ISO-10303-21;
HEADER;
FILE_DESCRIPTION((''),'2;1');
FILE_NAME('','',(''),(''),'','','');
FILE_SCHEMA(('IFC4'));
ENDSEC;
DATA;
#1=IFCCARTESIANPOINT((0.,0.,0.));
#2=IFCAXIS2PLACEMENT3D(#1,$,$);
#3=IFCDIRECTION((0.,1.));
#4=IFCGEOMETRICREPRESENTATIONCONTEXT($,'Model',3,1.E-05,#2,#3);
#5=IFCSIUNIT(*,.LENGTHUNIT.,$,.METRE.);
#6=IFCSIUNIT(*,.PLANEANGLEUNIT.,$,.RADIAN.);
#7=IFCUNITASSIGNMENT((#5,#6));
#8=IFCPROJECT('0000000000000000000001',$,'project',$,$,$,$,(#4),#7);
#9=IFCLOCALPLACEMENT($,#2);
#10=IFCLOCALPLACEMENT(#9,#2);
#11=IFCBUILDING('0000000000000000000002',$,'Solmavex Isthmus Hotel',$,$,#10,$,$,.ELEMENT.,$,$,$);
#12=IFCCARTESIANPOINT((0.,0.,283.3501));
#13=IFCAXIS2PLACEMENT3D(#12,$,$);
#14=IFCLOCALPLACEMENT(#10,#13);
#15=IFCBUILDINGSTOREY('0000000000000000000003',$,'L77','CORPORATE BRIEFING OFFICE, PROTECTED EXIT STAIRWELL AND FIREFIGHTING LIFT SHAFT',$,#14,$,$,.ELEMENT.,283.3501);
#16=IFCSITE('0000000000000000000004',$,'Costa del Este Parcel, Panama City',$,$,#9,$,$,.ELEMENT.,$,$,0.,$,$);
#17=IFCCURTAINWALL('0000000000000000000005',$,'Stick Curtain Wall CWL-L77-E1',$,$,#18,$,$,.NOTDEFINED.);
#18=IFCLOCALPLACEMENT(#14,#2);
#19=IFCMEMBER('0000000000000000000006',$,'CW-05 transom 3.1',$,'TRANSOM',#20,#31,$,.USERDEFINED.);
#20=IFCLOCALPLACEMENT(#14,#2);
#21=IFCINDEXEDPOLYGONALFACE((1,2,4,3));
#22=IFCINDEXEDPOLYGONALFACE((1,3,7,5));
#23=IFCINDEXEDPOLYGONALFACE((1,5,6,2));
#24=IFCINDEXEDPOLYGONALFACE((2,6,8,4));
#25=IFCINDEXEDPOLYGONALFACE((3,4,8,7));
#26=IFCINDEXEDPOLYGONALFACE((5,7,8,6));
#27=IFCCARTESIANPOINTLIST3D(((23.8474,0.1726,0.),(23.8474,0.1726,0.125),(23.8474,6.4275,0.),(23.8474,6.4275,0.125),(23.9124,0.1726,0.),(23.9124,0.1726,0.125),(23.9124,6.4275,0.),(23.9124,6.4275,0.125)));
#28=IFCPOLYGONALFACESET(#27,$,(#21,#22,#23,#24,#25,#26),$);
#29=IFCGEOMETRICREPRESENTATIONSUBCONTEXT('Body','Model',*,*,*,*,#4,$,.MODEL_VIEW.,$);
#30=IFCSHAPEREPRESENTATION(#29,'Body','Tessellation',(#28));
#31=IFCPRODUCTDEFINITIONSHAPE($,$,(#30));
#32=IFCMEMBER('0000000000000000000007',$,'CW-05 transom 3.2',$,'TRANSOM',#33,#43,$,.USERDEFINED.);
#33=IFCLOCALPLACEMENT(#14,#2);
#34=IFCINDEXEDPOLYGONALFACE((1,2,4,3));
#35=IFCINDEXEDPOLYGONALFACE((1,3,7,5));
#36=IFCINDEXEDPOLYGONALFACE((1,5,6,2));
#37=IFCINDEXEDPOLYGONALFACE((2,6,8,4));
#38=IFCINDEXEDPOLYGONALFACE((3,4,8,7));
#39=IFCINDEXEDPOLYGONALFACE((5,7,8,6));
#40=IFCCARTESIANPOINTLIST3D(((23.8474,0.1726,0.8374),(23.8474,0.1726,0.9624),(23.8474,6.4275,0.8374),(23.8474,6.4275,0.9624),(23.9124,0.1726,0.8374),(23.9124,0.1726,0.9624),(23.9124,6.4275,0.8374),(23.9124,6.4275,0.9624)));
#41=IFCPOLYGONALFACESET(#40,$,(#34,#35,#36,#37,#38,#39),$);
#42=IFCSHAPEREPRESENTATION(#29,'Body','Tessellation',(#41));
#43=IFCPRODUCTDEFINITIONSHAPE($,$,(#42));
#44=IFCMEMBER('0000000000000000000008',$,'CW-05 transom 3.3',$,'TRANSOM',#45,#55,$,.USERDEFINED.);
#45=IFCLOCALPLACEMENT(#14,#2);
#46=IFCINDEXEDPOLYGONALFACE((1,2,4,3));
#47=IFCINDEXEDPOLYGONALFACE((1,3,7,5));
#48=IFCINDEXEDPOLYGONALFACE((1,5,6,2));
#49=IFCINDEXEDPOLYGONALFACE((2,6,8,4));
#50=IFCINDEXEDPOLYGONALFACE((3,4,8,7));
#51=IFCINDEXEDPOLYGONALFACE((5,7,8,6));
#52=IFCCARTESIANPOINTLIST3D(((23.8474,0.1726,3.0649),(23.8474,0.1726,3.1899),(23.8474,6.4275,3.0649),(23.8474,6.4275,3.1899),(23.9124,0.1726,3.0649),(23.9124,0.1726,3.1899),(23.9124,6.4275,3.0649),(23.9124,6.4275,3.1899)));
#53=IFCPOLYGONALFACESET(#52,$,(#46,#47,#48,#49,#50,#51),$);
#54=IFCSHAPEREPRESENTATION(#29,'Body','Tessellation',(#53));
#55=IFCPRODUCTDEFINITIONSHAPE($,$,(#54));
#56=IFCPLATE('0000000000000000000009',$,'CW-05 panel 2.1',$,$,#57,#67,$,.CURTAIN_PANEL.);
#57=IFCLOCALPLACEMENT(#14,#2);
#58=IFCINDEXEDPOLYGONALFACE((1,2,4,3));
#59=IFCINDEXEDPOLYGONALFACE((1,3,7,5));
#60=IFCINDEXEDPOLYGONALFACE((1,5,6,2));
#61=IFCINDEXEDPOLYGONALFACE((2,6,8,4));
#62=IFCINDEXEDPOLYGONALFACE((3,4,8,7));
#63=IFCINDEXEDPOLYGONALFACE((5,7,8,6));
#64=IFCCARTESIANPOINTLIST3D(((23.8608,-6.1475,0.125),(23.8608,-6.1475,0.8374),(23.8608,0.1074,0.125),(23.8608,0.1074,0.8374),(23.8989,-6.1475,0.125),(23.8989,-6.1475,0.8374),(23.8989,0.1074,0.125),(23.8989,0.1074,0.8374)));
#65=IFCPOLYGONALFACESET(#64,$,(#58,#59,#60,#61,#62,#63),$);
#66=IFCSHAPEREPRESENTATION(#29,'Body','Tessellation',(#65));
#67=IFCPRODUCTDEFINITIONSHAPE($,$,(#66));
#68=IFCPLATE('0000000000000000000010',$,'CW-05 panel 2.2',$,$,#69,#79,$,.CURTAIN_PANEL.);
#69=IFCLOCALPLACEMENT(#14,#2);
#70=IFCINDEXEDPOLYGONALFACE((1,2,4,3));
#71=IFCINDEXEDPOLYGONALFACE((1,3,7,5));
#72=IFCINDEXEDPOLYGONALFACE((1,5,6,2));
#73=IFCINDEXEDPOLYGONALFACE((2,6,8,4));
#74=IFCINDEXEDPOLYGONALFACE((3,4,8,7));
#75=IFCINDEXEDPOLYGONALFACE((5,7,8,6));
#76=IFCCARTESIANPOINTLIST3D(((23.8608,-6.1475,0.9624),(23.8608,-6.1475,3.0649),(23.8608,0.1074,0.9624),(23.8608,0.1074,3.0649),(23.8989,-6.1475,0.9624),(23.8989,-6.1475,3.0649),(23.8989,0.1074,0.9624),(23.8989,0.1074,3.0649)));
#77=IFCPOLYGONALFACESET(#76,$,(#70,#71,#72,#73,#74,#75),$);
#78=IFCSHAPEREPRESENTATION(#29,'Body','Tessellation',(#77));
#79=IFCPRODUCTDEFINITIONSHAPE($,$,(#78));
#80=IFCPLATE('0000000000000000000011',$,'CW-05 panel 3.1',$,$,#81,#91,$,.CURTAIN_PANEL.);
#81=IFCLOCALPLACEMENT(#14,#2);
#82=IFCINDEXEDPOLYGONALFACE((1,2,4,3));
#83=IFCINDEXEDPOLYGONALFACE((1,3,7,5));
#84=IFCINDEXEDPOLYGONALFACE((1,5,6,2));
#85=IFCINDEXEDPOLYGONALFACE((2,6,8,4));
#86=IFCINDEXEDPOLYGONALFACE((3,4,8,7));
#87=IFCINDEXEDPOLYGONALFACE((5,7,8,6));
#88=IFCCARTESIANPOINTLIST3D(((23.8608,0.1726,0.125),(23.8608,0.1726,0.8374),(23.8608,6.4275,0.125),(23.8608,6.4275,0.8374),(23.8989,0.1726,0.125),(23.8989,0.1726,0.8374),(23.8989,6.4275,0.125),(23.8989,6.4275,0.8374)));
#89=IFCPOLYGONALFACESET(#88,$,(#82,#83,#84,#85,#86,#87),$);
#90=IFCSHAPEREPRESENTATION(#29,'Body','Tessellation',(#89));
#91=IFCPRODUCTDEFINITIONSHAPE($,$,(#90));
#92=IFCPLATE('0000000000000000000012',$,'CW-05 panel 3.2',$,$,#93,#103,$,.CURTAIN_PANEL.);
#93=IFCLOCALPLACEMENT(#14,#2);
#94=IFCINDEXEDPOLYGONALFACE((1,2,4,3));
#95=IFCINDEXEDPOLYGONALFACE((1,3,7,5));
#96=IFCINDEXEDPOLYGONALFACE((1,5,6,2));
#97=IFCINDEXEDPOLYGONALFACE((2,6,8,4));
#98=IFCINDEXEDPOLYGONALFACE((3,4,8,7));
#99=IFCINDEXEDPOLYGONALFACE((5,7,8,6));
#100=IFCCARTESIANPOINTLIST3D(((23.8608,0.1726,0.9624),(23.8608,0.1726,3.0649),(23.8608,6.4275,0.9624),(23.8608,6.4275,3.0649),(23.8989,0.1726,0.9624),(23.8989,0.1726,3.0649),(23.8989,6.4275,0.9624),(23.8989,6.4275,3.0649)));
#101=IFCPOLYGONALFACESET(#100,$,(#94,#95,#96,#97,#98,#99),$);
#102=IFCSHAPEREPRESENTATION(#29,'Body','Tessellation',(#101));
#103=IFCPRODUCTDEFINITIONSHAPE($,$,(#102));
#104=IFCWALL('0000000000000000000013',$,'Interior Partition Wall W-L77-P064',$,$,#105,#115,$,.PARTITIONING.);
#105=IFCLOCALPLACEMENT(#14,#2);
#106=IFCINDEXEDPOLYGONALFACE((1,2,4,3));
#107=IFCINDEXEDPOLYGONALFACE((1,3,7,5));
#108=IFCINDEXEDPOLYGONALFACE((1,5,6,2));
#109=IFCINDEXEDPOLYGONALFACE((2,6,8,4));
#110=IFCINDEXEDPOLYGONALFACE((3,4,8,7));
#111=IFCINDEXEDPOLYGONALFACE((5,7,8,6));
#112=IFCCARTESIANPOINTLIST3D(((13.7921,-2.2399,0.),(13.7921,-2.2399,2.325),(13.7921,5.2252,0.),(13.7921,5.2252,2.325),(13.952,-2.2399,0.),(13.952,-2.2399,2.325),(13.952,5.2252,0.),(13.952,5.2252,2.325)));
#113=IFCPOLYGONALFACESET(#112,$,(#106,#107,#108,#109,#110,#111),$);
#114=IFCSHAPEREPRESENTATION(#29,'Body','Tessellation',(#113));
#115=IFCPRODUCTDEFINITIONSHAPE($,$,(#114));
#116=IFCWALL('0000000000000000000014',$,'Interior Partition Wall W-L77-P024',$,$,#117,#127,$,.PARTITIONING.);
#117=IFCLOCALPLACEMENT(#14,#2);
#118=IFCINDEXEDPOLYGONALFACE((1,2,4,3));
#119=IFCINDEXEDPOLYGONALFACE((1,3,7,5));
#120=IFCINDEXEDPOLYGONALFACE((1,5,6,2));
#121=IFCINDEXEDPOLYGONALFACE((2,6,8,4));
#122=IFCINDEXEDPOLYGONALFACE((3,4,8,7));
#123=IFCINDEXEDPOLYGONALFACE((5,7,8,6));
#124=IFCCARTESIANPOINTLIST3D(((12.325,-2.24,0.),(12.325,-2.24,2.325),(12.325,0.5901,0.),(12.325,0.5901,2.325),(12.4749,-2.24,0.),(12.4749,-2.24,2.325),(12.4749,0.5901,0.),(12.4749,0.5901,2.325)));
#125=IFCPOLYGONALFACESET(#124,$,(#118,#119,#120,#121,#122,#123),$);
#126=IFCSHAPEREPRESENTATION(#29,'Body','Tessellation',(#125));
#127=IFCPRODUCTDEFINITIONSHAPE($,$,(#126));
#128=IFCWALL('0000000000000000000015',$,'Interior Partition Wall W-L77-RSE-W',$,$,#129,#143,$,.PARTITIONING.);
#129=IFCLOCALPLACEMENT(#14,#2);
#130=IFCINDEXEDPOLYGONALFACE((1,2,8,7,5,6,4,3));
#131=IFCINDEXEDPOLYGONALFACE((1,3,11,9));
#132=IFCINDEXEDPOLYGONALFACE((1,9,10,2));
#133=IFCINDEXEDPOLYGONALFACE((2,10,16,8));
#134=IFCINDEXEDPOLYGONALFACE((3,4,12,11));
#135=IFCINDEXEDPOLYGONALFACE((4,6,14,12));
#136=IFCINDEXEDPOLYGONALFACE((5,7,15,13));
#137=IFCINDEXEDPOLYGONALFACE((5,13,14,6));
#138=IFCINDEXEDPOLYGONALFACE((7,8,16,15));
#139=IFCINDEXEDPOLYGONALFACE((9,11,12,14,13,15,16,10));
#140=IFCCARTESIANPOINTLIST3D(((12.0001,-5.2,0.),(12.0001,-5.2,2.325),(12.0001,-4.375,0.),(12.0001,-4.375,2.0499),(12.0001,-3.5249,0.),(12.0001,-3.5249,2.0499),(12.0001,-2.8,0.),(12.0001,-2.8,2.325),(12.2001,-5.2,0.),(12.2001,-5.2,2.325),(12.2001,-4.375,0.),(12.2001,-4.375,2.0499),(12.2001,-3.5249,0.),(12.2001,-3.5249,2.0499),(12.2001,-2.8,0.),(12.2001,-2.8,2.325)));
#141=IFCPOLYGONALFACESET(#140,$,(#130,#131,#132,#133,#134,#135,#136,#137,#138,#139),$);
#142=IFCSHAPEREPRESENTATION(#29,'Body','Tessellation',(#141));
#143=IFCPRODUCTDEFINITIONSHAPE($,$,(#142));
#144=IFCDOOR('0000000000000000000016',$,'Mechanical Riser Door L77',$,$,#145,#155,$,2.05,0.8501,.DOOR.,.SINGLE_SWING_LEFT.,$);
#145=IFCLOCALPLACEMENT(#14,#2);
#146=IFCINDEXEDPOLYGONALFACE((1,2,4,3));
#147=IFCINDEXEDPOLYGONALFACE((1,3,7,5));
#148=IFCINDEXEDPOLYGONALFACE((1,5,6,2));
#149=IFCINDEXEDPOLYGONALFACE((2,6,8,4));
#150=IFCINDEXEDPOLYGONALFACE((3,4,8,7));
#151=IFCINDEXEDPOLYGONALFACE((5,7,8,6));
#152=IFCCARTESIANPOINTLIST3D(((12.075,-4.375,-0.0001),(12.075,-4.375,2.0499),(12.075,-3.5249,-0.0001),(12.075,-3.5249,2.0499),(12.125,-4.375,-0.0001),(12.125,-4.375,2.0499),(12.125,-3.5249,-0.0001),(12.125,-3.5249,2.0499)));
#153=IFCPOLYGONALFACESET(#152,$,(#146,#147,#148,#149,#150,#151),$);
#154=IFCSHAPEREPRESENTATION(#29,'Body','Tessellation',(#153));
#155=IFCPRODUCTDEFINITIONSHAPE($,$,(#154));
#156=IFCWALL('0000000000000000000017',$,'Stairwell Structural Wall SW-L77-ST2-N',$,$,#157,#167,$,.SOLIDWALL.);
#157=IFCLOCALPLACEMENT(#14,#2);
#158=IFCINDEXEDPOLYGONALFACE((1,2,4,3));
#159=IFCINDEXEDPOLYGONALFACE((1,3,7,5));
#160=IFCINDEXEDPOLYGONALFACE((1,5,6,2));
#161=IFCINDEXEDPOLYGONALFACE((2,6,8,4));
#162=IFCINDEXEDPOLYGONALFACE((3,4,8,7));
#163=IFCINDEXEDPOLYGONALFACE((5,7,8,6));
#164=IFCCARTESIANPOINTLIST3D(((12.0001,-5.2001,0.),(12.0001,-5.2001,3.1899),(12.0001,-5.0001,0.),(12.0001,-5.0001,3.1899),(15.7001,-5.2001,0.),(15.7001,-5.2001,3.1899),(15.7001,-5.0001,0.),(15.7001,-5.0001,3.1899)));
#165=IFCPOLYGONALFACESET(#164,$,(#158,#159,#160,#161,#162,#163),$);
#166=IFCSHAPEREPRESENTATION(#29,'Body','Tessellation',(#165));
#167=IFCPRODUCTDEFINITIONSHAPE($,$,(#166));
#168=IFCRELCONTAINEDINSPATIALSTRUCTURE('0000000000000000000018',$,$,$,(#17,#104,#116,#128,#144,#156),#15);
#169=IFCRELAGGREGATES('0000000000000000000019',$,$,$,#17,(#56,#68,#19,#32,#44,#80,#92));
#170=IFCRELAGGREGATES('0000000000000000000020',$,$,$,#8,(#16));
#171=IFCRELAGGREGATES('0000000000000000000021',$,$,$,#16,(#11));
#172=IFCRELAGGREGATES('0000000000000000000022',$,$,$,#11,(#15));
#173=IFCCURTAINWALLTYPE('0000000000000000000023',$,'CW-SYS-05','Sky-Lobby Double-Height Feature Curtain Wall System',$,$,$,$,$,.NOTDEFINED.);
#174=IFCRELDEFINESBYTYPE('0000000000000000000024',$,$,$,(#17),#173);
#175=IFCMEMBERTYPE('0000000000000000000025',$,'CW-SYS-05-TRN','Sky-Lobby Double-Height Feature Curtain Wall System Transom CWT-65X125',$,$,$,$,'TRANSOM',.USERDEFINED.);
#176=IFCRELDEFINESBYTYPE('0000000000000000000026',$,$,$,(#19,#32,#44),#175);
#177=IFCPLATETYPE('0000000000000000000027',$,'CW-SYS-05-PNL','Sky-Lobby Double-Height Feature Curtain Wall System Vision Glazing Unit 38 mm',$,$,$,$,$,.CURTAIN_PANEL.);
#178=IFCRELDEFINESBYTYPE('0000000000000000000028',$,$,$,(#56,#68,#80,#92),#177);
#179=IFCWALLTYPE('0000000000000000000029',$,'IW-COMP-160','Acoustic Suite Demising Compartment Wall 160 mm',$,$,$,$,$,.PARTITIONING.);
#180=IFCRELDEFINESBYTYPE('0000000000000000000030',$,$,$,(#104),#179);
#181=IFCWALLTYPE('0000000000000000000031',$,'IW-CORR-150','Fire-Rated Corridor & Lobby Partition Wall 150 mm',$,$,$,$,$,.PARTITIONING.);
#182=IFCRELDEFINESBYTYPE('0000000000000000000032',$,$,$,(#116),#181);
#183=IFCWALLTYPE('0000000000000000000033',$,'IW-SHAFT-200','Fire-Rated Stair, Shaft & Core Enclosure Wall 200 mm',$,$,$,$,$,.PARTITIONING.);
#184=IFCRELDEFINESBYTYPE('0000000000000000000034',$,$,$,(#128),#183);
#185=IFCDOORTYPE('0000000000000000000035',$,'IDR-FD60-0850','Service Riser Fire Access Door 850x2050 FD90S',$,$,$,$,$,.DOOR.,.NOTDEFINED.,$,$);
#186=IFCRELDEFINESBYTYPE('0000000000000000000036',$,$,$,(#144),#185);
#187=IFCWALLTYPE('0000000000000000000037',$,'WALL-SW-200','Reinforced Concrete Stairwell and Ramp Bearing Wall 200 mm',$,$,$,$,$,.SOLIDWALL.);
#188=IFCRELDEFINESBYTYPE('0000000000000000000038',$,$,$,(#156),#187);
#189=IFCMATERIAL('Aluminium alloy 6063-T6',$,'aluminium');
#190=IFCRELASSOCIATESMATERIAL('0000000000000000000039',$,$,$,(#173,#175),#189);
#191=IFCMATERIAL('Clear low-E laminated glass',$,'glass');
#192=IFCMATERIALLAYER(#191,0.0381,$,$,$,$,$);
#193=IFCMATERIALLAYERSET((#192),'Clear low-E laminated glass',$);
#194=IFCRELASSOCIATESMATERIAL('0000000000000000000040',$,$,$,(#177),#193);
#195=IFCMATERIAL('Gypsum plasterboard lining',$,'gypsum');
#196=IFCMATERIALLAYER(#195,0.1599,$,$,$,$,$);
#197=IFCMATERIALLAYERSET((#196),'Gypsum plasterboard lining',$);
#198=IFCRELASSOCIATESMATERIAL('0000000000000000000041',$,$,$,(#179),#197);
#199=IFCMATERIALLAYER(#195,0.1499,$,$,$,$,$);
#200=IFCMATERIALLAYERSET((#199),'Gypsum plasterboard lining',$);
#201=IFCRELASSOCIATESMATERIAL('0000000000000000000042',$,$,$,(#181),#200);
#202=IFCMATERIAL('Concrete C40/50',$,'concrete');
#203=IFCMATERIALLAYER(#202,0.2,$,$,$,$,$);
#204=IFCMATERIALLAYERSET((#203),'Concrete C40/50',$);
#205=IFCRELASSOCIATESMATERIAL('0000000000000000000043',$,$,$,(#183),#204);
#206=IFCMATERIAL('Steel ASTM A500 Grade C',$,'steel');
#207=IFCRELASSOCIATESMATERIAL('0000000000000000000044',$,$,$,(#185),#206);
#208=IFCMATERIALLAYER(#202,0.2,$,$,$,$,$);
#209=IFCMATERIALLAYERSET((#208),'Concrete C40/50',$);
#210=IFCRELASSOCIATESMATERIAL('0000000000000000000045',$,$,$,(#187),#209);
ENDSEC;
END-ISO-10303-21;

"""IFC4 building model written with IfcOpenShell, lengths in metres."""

from ifc_helpers import new_model, si_unit, direction, frame, frame_2d, origin, origin_2d, place, context, subcontext, project, spatial, rectangle, extrude, material, layer, layer_set, material_profile, profile_set, type_object, element, fill, aggregate, save


model = new_model("IFC4")

# Units and contexts
model_context = context("Model", 3, precision=1e-05, world=origin(), true_north=direction((0.0, 1.0)))
body_context = subcontext(model_context, "Body", "Model", "MODEL_VIEW")
ifc_project = project(units=[si_unit("LENGTHUNIT", "METRE"), si_unit("PLANEANGLEUNIT", "RADIAN")], contexts=[model_context])

# Site, building, storey
site_placement = place(None, origin())
site = spatial("IfcSite", under=ifc_project, at=site_placement, Name="Costa del Este Parcel, Panama City", CompositionType="ELEMENT", RefElevation=0.0)
building_placement = place(site_placement, origin())
building = spatial("IfcBuilding", under=site, at=building_placement, Name="Solmavex Isthmus Hotel", CompositionType="ELEMENT")
storey_placement = place(building_placement, frame((0.0, 0.0, 283.3501)))
storey = spatial("IfcBuildingStorey", under=building, at=storey_placement, Name="L77", Description="CORPORATE BRIEFING OFFICE, PROTECTED EXIT STAIRWELL AND FIREFIGHTING LIFT SHAFT", CompositionType="ELEMENT", Elevation=283.3501)

# Curtain wall, members, plates
ifc_material_1 = material(Name="Aluminium alloy 6063-T6", Category="aluminium")
curtain_wall_type = type_object("IfcCurtainWallType", Name="CW-SYS-05", Description="Sky-Lobby Double-Height Feature Curtain Wall System", PredefinedType="NOTDEFINED", material=ifc_material_1)
curtain_wall_placement = place(storey_placement, origin())
curtain_wall = element("IfcCurtainWall", 1, at=curtain_wall_placement, inside=storey, type_object=curtain_wall_type, Name="Stick Curtain Wall CWL-L77-E1", PredefinedType="NOTDEFINED")
ifc_material_profile_1 = material_profile(ifc_material_1, rectangle(XDim=0.0649, YDim=0.125, at=origin_2d()), Name="CWT-65X125")
ifc_profile_set_1 = profile_set([ifc_material_profile_1], Name="Aluminium alloy 6063-T6")
member_type_1 = type_object("IfcMemberType", Name="CW-SYS-05-TRN", Description="Sky-Lobby Double-Height Feature Curtain Wall System Transom CWT-65X125", ElementType="TRANSOM", PredefinedType="USERDEFINED", material=ifc_profile_set_1)
member_1_placement = place(storey_placement, frame((23.8799, 0.1726, 0.0625), z_axis=(0.0, 1.0, 0.0), x_axis=(-1.0, 0.0, 0.0)))
member_1 = element("IfcMember", 2, at=member_1_placement, type_object=member_type_1, Name="CW-05 transom 3.1", ObjectType="TRANSOM", PredefinedType="USERDEFINED", context=body_context, shape_type="SweptSolid", body=[
    extrude(rectangle(XDim=0.0649, YDim=0.125, at=origin_2d()), origin(), (0.0, 0.0, 1.0), 6.2549),
])
member_2_placement = place(storey_placement, frame((23.8799, 0.1726, 0.8999), z_axis=(0.0, 1.0, 0.0), x_axis=(-1.0, 0.0, 0.0)))
member_2 = element("IfcMember", 3, at=member_2_placement, type_object=member_type_1, Name="CW-05 transom 3.2", ObjectType="TRANSOM", PredefinedType="USERDEFINED", context=body_context, shape_type="SweptSolid", body=[
    extrude(rectangle(XDim=0.0649, YDim=0.125, at=origin_2d()), origin(), (0.0, 0.0, 1.0), 6.2549),
])
member_3_placement = place(storey_placement, frame((23.8799, 0.1726, 3.1274), z_axis=(0.0, 1.0, 0.0), x_axis=(-1.0, 0.0, 0.0)))
member_3 = element("IfcMember", 4, at=member_3_placement, type_object=member_type_1, Name="CW-05 transom 3.3", ObjectType="TRANSOM", PredefinedType="USERDEFINED", context=body_context, shape_type="SweptSolid", body=[
    extrude(rectangle(XDim=0.0649, YDim=0.125, at=origin_2d()), origin(), (0.0, 0.0, 1.0), 6.2549),
])
ifc_material_2 = material(Name="Clear low-E laminated glass", Category="glass")
ifc_layer_1 = layer(ifc_material_2, 0.0381)
ifc_layer_set_1 = layer_set([ifc_layer_1], Name="Clear low-E laminated glass")
plate_type = type_object("IfcPlateType", Name="CW-SYS-05-PNL", Description="Sky-Lobby Double-Height Feature Curtain Wall System Vision Glazing Unit 38 mm", PredefinedType="CURTAIN_PANEL", material=ifc_layer_set_1)
plate_1_placement = place(storey_placement, frame((23.8799, -3.02, 0.125), z_axis=(0.0, 0.0, 1.0), x_axis=(0.0, 1.0, 0.0)))
plate_1 = element("IfcPlate", 5, at=plate_1_placement, type_object=plate_type, Name="CW-05 panel 2.1", PredefinedType="CURTAIN_PANEL", context=body_context, shape_type="SweptSolid", body=[
    extrude(rectangle(XDim=6.2549, YDim=0.0381, at=origin_2d()), origin(), (0.0, 0.0, 1.0), 0.7124),
])
plate_2_placement = place(storey_placement, frame((23.8799, -3.02, 0.9624), z_axis=(0.0, 0.0, 1.0), x_axis=(0.0, 1.0, 0.0)))
plate_2 = element("IfcPlate", 6, at=plate_2_placement, type_object=plate_type, Name="CW-05 panel 2.2", PredefinedType="CURTAIN_PANEL", context=body_context, shape_type="SweptSolid", body=[
    extrude(rectangle(XDim=6.2549, YDim=0.0381, at=origin_2d()), origin(), (0.0, 0.0, 1.0), 2.1025),
])
plate_3_placement = place(storey_placement, frame((23.8799, 3.3, 0.125), z_axis=(0.0, 0.0, 1.0), x_axis=(0.0, 1.0, 0.0)))
plate_3 = element("IfcPlate", 7, at=plate_3_placement, type_object=plate_type, Name="CW-05 panel 3.1", PredefinedType="CURTAIN_PANEL", context=body_context, shape_type="SweptSolid", body=[
    extrude(rectangle(XDim=6.2549, YDim=0.0381, at=origin_2d()), origin(), (0.0, 0.0, 1.0), 0.7124),
])
plate_4_placement = place(storey_placement, frame((23.8799, 3.3, 0.9624), z_axis=(0.0, 0.0, 1.0), x_axis=(0.0, 1.0, 0.0)))
plate_4 = element("IfcPlate", 8, at=plate_4_placement, type_object=plate_type, Name="CW-05 panel 3.2", PredefinedType="CURTAIN_PANEL", context=body_context, shape_type="SweptSolid", body=[
    extrude(rectangle(XDim=6.2549, YDim=0.0381, at=origin_2d()), origin(), (0.0, 0.0, 1.0), 2.1025),
])
aggregate(curtain_wall, [plate_1, plate_2, member_1, member_2, member_3, plate_3, plate_4])

# Walls
ifc_material_3 = material(Name="Gypsum plasterboard lining", Category="gypsum")
ifc_layer_2 = layer(ifc_material_3, 0.1599)
ifc_layer_set_2 = layer_set([ifc_layer_2], Name="Gypsum plasterboard lining")
wall_type_1 = type_object("IfcWallType", Name="IW-COMP-160", Description="Acoustic Suite Demising Compartment Wall 160 mm", PredefinedType="PARTITIONING", material=ifc_layer_set_2)
wall_1_placement = place(storey_placement, frame((13.8721, 5.2251, 0.0), z_axis=(0.0, 0.0, 1.0), x_axis=(0.0, -1.0, 0.0)))
element("IfcWall", 9, at=wall_1_placement, inside=storey, type_object=wall_type_1, Name="Interior Partition Wall W-L77-P064", PredefinedType="PARTITIONING", context=body_context, shape_type="SweptSolid", body=[
    extrude(rectangle(XDim=7.4651, YDim=0.1599, at=frame_2d((3.7324, 0.0))), origin(), (0.0, 0.0, 1.0), 2.325),
])
ifc_layer_3 = layer(ifc_material_3, 0.1499)
ifc_layer_set_3 = layer_set([ifc_layer_3], Name="Gypsum plasterboard lining")
wall_type_2 = type_object("IfcWallType", Name="IW-CORR-150", Description="Fire-Rated Corridor & Lobby Partition Wall 150 mm", PredefinedType="PARTITIONING", material=ifc_layer_set_3)
wall_2_placement = place(storey_placement, frame((12.3999, 0.5901, 0.0), z_axis=(0.0, 0.0, 1.0), x_axis=(0.0, -1.0, 0.0)))
element("IfcWall", 10, at=wall_2_placement, inside=storey, type_object=wall_type_2, Name="Interior Partition Wall W-L77-P024", PredefinedType="PARTITIONING", context=body_context, shape_type="SweptSolid", body=[
    extrude(rectangle(XDim=2.8301, YDim=0.1499, at=frame_2d((1.415, 0.0))), origin(), (0.0, 0.0, 1.0), 2.325),
])

# Wall, opening, door
ifc_material_4 = material(Name="Concrete C40/50", Category="concrete")
ifc_layer_4 = layer(ifc_material_4, 0.2)
ifc_layer_set_4 = layer_set([ifc_layer_4], Name="Concrete C40/50")
wall_type_3 = type_object("IfcWallType", Name="IW-SHAFT-200", Description="Fire-Rated Stair, Shaft & Core Enclosure Wall 200 mm", PredefinedType="PARTITIONING", material=ifc_layer_set_4)
wall_3_placement = place(storey_placement, frame((12.1001, -5.2, 0.0), z_axis=(0.0, 0.0, 1.0), x_axis=(0.0, 1.0, 0.0)))
wall_3 = element("IfcWall", 11, at=wall_3_placement, inside=storey, type_object=wall_type_3, Name="Interior Partition Wall W-L77-RSE-W", PredefinedType="PARTITIONING", context=body_context, shape_type="SweptSolid", body=[
    extrude(rectangle(XDim=2.3999, YDim=0.2, at=frame_2d((1.2, 0.0))), origin(), (0.0, 0.0, 1.0), 2.325),
])
opening_placement = place(wall_3_placement, frame((0.825, 0.0, 0.0)))
opening = element("IfcOpeningElement", 12, at=opening_placement, cuts=wall_3, PredefinedType="OPENING", context=body_context, shape_type="SweptSolid", body=[
    extrude(rectangle(XDim=0.8501, YDim=2.05, at=frame_2d((0.425, 1.0249))), frame((0.0, 0.1099, 0.0), z_axis=(0.0, -1.0, 0.0), x_axis=(1.0, 0.0, 0.0)), (0.0, 0.0, 1.0), 0.22),
])
ifc_material_5 = material(Name="Steel ASTM A500 Grade C", Category="steel")
door_type = type_object("IfcDoorType", Name="IDR-FD60-0850", Description="Service Riser Fire Access Door 850x2050 FD90S", OperationType="NOTDEFINED", PredefinedType="DOOR", material=ifc_material_5)
door_placement = place(opening_placement, frame((0.8501, 0.0, 0.0), z_axis=(0.0, 0.0, 1.0), x_axis=(-1.0, 0.0, 0.0)))
door = element("IfcDoor", 13, at=door_placement, inside=storey, type_object=door_type, Name="Mechanical Riser Door L77", OperationType="SINGLE_SWING_LEFT", OverallHeight=2.05, OverallWidth=0.8501, PredefinedType="DOOR", context=body_context, shape_type="SweptSolid", body=[
    extrude(rectangle(XDim=0.8501, YDim=2.05, at=frame_2d((0.425, 1.0249))), frame((0.0, 0.0249, 0.0), z_axis=(0.0, -1.0, 0.0), x_axis=(1.0, 0.0, 0.0)), (0.0, 0.0, 1.0), 0.05),
])
fill(opening, door)

# Wall
ifc_layer_5 = layer(ifc_material_4, 0.2)
ifc_layer_set_5 = layer_set([ifc_layer_5], Name="Concrete C40/50")
wall_type_4 = type_object("IfcWallType", Name="WALL-SW-200", Description="Reinforced Concrete Stairwell and Ramp Bearing Wall 200 mm", PredefinedType="SOLIDWALL", material=ifc_layer_set_5)
wall_4_placement = place(storey_placement, frame((12.0, -5.1001, 0.0), z_axis=(0.0, 0.0, 1.0), x_axis=(1.0, 0.0, 0.0)))
element("IfcWall", 14, at=wall_4_placement, inside=storey, type_object=wall_type_4, Name="Stairwell Structural Wall SW-L77-ST2-N", PredefinedType="SOLIDWALL", context=body_context, shape_type="SweptSolid", body=[
    extrude(rectangle(XDim=3.7, YDim=0.2, at=frame_2d((1.8501, 0.0))), origin(), (0.0, 0.0, 1.0), 3.1899),
])

save(model, "model.ifc")
